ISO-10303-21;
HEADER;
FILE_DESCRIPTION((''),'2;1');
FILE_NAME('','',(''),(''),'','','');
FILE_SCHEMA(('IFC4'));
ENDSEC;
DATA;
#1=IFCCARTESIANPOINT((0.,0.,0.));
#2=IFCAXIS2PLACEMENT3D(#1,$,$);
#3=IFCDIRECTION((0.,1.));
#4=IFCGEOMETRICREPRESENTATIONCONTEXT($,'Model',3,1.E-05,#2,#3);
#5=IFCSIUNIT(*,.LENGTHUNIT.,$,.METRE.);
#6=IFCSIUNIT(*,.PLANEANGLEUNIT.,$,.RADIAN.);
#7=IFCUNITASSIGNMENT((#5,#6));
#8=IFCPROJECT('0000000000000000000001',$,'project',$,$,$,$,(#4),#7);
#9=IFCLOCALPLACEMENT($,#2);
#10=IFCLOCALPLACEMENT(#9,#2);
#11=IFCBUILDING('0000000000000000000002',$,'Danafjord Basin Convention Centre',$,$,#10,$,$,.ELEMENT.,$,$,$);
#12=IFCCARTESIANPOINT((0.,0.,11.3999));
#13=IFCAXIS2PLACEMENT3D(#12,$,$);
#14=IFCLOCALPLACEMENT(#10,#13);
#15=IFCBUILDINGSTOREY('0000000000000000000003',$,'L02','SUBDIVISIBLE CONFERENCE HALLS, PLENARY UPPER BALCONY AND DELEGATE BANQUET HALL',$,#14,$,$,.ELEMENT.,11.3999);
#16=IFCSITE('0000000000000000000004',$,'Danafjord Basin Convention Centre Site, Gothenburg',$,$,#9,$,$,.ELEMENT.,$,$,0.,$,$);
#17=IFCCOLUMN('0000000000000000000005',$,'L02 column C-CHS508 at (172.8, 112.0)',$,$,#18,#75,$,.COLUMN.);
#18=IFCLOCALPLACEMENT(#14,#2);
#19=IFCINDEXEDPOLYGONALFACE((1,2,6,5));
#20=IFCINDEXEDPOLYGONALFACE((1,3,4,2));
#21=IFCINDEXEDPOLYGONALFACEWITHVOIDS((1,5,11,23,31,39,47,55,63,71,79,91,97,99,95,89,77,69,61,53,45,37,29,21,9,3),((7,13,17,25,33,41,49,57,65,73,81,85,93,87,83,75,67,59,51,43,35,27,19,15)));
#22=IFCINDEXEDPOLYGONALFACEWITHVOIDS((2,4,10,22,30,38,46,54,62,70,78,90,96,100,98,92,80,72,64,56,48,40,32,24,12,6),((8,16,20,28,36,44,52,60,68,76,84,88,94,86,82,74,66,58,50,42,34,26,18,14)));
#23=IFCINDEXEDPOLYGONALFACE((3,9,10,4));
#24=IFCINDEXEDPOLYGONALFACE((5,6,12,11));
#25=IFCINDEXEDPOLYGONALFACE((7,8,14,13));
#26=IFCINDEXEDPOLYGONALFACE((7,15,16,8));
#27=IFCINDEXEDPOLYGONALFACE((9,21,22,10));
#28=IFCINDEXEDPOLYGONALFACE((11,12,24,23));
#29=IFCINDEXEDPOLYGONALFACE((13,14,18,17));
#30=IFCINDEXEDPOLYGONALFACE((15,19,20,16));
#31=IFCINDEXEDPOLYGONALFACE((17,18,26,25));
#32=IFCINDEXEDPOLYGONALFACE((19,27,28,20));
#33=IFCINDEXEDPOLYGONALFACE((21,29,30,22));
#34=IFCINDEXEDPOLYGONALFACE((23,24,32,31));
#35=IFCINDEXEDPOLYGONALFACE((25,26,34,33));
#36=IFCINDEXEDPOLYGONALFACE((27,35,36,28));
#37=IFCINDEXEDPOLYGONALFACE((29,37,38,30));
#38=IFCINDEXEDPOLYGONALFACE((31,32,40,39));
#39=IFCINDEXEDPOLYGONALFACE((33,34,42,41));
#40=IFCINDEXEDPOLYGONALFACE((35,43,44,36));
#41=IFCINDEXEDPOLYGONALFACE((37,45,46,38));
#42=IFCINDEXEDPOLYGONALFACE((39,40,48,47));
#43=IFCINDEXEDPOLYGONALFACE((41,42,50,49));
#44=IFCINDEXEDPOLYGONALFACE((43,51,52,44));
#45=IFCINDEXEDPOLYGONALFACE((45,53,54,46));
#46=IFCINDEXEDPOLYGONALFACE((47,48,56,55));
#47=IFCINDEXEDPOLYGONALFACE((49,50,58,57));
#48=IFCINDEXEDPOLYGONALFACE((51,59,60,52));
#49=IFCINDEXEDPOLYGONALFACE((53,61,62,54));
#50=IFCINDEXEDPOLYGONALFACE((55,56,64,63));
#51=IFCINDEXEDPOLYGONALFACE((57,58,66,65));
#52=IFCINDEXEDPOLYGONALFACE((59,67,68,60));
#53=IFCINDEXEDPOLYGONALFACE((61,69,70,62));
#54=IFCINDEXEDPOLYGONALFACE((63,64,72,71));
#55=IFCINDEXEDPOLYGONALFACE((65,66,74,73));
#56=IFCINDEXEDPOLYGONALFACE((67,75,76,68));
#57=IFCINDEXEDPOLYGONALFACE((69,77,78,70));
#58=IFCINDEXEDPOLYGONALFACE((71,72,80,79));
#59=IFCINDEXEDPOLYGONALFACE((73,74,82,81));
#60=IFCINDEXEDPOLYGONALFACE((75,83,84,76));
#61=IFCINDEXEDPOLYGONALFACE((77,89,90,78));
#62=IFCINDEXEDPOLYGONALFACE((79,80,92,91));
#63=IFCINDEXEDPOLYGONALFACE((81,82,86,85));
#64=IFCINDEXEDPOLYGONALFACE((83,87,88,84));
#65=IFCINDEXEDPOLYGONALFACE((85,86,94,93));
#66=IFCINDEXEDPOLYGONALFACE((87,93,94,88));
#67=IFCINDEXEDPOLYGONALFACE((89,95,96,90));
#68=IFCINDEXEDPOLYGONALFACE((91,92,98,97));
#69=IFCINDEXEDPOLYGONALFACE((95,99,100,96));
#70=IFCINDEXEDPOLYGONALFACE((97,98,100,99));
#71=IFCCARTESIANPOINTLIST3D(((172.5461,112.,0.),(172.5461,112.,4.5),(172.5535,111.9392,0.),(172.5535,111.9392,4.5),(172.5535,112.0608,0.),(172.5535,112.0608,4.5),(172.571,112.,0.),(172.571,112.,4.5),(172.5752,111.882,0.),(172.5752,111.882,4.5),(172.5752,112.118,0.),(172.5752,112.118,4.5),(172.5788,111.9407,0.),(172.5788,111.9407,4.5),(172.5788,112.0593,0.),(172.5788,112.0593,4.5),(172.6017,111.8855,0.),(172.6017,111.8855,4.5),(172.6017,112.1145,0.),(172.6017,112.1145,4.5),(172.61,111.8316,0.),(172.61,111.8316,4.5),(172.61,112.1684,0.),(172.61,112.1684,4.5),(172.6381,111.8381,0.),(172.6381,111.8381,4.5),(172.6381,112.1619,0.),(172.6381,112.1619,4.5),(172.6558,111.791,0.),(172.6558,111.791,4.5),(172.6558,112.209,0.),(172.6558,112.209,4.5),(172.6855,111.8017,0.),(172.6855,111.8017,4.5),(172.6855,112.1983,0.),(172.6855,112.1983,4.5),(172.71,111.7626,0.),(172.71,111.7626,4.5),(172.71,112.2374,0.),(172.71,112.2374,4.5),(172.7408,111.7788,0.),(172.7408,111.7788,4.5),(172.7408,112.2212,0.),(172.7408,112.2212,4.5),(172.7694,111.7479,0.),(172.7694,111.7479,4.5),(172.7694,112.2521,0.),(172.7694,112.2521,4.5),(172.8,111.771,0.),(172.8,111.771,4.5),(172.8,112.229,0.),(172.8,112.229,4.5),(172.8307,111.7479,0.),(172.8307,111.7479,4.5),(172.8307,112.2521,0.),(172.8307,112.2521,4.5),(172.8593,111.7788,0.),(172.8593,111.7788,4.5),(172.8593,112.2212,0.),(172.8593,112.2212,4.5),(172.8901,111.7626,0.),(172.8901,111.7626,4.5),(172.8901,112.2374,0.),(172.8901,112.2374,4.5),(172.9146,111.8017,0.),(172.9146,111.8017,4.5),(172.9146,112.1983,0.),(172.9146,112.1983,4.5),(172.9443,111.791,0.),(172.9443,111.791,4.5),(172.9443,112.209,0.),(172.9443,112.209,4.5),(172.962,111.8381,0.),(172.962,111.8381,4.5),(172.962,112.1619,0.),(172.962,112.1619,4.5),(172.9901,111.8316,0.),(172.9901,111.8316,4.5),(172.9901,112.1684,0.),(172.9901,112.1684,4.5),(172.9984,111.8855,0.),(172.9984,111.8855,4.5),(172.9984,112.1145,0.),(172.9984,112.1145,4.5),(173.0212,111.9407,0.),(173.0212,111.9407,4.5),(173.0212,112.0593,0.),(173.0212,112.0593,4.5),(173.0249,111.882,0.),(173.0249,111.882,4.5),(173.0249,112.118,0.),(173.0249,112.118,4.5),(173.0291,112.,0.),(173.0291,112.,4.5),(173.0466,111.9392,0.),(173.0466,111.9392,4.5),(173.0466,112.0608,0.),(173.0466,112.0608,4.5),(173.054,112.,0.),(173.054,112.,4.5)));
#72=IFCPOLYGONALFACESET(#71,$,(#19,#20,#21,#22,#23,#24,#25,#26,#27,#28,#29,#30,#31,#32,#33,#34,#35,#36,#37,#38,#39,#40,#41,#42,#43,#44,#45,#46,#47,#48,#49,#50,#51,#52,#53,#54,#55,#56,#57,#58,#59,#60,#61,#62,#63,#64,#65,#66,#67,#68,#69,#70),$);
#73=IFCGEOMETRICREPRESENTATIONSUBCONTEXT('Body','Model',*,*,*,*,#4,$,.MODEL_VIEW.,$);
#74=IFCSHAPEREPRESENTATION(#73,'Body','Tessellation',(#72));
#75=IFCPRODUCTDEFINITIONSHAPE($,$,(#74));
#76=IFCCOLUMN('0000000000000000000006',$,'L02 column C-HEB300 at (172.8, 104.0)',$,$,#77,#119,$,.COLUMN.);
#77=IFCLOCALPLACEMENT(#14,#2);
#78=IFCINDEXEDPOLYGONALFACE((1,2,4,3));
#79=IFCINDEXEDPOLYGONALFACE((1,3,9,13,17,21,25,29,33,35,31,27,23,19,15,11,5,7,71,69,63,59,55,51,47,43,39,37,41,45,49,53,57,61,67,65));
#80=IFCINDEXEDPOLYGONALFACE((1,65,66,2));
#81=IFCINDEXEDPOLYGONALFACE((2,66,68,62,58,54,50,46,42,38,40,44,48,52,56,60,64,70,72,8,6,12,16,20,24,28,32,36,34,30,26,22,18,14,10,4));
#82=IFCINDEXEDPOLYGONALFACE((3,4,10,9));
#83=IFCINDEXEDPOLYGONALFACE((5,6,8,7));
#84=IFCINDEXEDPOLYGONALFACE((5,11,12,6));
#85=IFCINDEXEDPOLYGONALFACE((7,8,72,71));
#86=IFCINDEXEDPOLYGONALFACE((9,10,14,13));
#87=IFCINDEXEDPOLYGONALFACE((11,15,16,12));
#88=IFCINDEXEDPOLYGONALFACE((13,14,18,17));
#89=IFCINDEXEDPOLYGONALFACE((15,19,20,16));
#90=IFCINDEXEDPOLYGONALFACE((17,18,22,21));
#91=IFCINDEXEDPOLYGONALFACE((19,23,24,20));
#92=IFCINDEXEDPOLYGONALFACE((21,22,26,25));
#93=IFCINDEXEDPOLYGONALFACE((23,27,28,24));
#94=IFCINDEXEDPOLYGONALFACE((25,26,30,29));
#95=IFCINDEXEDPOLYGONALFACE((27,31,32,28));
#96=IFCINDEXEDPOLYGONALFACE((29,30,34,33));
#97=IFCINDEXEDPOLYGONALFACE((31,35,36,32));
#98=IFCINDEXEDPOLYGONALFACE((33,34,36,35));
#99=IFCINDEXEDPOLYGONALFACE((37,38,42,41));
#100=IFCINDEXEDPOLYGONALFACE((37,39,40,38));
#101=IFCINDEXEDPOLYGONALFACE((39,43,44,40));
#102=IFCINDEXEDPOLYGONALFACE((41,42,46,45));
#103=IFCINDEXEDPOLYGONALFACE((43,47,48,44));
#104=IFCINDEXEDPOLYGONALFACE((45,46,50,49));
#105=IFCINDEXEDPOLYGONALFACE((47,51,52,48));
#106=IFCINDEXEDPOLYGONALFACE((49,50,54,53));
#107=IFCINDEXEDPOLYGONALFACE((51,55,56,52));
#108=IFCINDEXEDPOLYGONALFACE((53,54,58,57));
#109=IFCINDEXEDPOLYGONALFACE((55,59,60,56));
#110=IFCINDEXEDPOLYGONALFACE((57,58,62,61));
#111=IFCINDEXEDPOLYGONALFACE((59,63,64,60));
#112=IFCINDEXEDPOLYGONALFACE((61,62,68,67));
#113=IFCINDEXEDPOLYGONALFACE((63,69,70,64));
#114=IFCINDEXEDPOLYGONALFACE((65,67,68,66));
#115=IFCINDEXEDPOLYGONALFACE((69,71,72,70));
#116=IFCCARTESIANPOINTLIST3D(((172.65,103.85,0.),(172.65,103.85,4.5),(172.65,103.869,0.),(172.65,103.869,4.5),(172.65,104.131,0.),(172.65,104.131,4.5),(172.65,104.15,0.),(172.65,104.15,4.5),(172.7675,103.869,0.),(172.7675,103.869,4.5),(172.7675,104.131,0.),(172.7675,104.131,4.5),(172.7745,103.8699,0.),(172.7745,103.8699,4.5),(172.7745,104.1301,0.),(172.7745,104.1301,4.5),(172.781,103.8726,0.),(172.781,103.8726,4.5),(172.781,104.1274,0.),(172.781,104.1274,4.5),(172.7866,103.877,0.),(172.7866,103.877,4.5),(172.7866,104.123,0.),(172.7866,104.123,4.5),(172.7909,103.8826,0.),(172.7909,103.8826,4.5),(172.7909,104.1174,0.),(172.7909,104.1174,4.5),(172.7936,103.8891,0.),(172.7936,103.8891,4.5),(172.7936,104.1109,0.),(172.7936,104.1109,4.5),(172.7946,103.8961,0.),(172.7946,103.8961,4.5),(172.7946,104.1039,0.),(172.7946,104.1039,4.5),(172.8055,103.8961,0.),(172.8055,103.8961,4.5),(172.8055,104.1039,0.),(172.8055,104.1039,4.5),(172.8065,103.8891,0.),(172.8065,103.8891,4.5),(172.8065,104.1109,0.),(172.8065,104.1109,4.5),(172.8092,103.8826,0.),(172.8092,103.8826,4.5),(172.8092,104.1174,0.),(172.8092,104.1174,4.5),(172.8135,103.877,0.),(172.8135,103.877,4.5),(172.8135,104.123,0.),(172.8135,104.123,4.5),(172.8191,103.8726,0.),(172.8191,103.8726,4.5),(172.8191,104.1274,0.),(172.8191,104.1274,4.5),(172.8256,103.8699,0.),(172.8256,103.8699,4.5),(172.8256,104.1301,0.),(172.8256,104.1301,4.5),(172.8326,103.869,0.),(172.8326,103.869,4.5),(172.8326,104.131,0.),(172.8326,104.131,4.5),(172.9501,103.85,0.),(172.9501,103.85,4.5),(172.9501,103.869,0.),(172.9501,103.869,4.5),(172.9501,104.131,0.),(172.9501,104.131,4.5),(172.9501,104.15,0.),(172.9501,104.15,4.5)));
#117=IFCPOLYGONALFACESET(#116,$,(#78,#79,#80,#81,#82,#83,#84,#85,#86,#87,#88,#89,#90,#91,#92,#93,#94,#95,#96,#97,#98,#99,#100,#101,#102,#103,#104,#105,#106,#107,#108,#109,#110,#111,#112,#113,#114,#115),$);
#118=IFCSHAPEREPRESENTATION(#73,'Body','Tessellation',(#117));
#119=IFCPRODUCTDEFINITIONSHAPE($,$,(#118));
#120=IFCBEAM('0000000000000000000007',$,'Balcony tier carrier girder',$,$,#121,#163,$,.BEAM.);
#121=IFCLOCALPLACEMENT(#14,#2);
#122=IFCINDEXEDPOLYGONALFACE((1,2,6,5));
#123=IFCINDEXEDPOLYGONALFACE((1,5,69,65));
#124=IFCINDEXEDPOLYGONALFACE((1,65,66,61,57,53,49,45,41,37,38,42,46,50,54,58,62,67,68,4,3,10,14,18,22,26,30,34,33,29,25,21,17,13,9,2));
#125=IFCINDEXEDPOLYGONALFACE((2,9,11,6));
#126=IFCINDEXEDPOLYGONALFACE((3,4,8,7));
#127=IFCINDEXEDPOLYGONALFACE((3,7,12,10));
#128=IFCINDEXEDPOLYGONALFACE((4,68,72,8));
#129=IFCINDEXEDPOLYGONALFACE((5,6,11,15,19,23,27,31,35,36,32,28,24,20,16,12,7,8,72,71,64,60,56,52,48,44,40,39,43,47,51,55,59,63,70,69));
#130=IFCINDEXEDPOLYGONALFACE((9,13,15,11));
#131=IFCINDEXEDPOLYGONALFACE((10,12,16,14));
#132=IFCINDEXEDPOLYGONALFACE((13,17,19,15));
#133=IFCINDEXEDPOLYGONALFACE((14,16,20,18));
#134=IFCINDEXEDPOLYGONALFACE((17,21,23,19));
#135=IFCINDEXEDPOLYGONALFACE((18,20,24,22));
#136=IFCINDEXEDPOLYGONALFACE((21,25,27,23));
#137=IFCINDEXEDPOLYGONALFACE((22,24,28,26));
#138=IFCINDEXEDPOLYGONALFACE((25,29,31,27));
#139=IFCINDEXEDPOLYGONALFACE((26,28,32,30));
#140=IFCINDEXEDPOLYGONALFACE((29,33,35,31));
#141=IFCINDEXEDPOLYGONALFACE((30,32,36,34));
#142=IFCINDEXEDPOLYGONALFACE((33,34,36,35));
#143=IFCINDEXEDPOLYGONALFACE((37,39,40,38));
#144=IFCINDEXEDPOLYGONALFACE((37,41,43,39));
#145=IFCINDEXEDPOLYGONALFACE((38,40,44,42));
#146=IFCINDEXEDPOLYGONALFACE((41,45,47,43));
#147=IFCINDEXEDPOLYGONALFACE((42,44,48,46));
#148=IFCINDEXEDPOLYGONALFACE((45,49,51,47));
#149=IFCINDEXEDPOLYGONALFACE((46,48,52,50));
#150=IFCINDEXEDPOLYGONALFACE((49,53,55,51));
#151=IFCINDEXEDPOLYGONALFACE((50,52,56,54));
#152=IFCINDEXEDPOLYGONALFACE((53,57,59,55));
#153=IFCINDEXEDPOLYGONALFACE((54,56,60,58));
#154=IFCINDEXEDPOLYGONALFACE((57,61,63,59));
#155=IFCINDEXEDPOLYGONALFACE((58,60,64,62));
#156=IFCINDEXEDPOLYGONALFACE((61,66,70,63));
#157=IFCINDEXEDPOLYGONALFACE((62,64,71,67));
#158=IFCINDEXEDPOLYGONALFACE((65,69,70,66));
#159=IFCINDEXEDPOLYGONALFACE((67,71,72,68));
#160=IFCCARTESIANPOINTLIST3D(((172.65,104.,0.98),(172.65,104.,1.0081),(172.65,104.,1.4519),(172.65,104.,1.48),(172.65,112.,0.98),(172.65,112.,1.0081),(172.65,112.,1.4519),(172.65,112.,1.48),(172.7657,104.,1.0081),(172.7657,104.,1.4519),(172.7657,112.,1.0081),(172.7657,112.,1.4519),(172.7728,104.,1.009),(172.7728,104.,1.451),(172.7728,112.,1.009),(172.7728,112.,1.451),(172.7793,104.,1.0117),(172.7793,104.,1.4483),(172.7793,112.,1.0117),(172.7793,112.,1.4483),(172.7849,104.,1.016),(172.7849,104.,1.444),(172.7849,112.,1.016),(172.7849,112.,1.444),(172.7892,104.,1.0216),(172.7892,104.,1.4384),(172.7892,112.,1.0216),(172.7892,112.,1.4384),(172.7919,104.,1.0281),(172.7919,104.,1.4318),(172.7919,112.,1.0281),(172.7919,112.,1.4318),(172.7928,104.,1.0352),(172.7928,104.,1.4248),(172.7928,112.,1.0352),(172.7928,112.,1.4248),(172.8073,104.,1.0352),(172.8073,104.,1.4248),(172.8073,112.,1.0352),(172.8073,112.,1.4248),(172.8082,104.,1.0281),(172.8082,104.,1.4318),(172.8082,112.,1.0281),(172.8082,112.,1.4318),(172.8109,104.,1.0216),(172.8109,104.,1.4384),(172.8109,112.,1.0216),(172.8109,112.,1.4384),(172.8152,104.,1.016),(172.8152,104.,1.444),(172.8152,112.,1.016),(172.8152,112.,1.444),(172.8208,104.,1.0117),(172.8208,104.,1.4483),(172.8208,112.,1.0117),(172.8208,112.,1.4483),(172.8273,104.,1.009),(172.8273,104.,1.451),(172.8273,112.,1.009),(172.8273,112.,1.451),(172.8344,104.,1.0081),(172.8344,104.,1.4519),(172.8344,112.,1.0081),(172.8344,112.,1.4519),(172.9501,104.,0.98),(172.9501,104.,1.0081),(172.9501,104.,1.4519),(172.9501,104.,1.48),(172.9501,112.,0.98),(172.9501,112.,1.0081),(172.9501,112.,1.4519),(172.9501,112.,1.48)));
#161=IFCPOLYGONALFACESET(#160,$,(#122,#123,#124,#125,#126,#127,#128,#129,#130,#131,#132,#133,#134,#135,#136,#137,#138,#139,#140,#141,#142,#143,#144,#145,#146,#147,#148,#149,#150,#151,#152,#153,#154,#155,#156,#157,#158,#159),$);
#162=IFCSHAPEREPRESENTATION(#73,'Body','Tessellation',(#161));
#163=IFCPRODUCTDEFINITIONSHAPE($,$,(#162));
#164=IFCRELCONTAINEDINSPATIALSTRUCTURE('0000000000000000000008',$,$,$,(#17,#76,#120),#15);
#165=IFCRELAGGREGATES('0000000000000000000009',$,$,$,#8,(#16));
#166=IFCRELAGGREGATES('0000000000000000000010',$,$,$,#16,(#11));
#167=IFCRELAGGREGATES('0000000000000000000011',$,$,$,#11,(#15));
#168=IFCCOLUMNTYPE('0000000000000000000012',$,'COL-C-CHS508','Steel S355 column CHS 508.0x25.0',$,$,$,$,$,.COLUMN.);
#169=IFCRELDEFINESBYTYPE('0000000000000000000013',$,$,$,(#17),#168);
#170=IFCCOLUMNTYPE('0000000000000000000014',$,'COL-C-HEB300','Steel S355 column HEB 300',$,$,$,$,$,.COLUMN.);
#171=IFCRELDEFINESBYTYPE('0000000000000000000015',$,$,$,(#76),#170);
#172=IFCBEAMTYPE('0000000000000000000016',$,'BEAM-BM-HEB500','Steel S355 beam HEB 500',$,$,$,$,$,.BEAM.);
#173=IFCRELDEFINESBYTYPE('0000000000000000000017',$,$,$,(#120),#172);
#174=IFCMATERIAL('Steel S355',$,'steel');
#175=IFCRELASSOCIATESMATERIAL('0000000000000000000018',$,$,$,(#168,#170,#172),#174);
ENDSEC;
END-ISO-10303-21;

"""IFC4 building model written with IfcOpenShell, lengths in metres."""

from ifc_helpers import new_model, si_unit, direction, frame, origin, origin_2d, place, context, subcontext, project, spatial, hollow_circle, i_section, extrude, material, material_profile, profile_set, type_object, element, save


model = new_model("IFC4")

# Units and contexts
model_context = context("Model", 3, precision=1e-05, world=origin(), true_north=direction((0.0, 1.0)))
body_context = subcontext(model_context, "Body", "Model", "MODEL_VIEW")
ifc_project = project(units=[si_unit("LENGTHUNIT", "METRE"), si_unit("PLANEANGLEUNIT", "RADIAN")], contexts=[model_context])

# Site, building, storey
site_placement = place(None, origin())
site = spatial("IfcSite", under=ifc_project, at=site_placement, Name="Danafjord Basin Convention Centre Site, Gothenburg", CompositionType="ELEMENT", RefElevation=0.0)
building_placement = place(site_placement, origin())
building = spatial("IfcBuilding", under=site, at=building_placement, Name="Danafjord Basin Convention Centre", CompositionType="ELEMENT")
storey_placement = place(building_placement, frame((0.0, 0.0, 11.3999)))
storey = spatial("IfcBuildingStorey", under=building, at=storey_placement, Name="L02", Description="SUBDIVISIBLE CONFERENCE HALLS, PLENARY UPPER BALCONY AND DELEGATE BANQUET HALL", CompositionType="ELEMENT", Elevation=11.3999)

# Columns
ifc_material = material(Name="Steel S355", Category="steel")
ifc_material_profile_1 = material_profile(ifc_material, hollow_circle(Radius=0.2539, WallThickness=0.0249, at=origin_2d()), Name="CHS 508.0x25.0")
ifc_profile_set_1 = profile_set([ifc_material_profile_1], Name="Steel S355")
column_type_1 = type_object("IfcColumnType", Name="COL-C-CHS508", Description="Steel S355 column CHS 508.0x25.0", PredefinedType="COLUMN", material=ifc_profile_set_1)
column_1_placement = place(storey_placement, frame((172.8, 112.0, 0.0), z_axis=(0.0, 0.0, 1.0), x_axis=(1.0, 0.0, 0.0)))
element("IfcColumn", 1, at=column_1_placement, inside=storey, type_object=column_type_1, Name="L02 column C-CHS508 at (172.8, 112.0)", PredefinedType="COLUMN", context=body_context, shape_type="SweptSolid", body=[
    extrude(hollow_circle(Radius=0.2539, WallThickness=0.0249, at=origin_2d()), origin(), (0.0, 0.0, 1.0), 4.5),
])
ifc_material_profile_2 = material_profile(ifc_material, i_section(OverallWidth=0.3, OverallDepth=0.3, WebThickness=0.011, FlangeThickness=0.019, FilletRadius=0.0271, at=origin_2d()), Name="HEB 300")
ifc_profile_set_2 = profile_set([ifc_material_profile_2], Name="Steel S355")
column_type_2 = type_object("IfcColumnType", Name="COL-C-HEB300", Description="Steel S355 column HEB 300", PredefinedType="COLUMN", material=ifc_profile_set_2)
column_2_placement = place(storey_placement, frame((172.8, 104.0, 0.0), z_axis=(0.0, 0.0, 1.0), x_axis=(1.0, 0.0, 0.0)))
element("IfcColumn", 2, at=column_2_placement, inside=storey, type_object=column_type_2, Name="L02 column C-HEB300 at (172.8, 104.0)", PredefinedType="COLUMN", context=body_context, shape_type="SweptSolid", body=[
    extrude(i_section(OverallWidth=0.3, OverallDepth=0.3, WebThickness=0.011, FlangeThickness=0.019, FilletRadius=0.0271, at=origin_2d()), origin(), (0.0, 0.0, 1.0), 4.5),
])

# Beam
ifc_material_profile_3 = material_profile(ifc_material, i_section(OverallWidth=0.3, OverallDepth=0.5, WebThickness=0.0144, FlangeThickness=0.0281, FilletRadius=0.0271, at=origin_2d()), Name="HEB 500")
ifc_profile_set_3 = profile_set([ifc_material_profile_3], Name="Steel S355")
beam_type_1 = type_object("IfcBeamType", Name="BEAM-BM-HEB500", Description="Steel S355 beam HEB 500", PredefinedType="BEAM", material=ifc_profile_set_3)
for number, where, z_axis, x_axis, name in (
    (3, (172.8, 104.0, 1.23), (0.0, 1.0, 0.0), (-1.0, 0.0, 0.0), "Balcony tier carrier girder"),
):
    element("IfcBeam", number, at=place(storey_placement, frame(where, z_axis=z_axis, x_axis=x_axis)), inside=storey, type_object=beam_type_1, Name=name, PredefinedType="BEAM", context=body_context, shape_type="SweptSolid", body=[
        extrude(i_section(OverallWidth=0.3, OverallDepth=0.5, WebThickness=0.0144, FlangeThickness=0.0281, FilletRadius=0.0271, at=origin_2d()), origin(), (0.0, 0.0, 1.0), 8.0),
    ])

save(model, "model.ifc")
